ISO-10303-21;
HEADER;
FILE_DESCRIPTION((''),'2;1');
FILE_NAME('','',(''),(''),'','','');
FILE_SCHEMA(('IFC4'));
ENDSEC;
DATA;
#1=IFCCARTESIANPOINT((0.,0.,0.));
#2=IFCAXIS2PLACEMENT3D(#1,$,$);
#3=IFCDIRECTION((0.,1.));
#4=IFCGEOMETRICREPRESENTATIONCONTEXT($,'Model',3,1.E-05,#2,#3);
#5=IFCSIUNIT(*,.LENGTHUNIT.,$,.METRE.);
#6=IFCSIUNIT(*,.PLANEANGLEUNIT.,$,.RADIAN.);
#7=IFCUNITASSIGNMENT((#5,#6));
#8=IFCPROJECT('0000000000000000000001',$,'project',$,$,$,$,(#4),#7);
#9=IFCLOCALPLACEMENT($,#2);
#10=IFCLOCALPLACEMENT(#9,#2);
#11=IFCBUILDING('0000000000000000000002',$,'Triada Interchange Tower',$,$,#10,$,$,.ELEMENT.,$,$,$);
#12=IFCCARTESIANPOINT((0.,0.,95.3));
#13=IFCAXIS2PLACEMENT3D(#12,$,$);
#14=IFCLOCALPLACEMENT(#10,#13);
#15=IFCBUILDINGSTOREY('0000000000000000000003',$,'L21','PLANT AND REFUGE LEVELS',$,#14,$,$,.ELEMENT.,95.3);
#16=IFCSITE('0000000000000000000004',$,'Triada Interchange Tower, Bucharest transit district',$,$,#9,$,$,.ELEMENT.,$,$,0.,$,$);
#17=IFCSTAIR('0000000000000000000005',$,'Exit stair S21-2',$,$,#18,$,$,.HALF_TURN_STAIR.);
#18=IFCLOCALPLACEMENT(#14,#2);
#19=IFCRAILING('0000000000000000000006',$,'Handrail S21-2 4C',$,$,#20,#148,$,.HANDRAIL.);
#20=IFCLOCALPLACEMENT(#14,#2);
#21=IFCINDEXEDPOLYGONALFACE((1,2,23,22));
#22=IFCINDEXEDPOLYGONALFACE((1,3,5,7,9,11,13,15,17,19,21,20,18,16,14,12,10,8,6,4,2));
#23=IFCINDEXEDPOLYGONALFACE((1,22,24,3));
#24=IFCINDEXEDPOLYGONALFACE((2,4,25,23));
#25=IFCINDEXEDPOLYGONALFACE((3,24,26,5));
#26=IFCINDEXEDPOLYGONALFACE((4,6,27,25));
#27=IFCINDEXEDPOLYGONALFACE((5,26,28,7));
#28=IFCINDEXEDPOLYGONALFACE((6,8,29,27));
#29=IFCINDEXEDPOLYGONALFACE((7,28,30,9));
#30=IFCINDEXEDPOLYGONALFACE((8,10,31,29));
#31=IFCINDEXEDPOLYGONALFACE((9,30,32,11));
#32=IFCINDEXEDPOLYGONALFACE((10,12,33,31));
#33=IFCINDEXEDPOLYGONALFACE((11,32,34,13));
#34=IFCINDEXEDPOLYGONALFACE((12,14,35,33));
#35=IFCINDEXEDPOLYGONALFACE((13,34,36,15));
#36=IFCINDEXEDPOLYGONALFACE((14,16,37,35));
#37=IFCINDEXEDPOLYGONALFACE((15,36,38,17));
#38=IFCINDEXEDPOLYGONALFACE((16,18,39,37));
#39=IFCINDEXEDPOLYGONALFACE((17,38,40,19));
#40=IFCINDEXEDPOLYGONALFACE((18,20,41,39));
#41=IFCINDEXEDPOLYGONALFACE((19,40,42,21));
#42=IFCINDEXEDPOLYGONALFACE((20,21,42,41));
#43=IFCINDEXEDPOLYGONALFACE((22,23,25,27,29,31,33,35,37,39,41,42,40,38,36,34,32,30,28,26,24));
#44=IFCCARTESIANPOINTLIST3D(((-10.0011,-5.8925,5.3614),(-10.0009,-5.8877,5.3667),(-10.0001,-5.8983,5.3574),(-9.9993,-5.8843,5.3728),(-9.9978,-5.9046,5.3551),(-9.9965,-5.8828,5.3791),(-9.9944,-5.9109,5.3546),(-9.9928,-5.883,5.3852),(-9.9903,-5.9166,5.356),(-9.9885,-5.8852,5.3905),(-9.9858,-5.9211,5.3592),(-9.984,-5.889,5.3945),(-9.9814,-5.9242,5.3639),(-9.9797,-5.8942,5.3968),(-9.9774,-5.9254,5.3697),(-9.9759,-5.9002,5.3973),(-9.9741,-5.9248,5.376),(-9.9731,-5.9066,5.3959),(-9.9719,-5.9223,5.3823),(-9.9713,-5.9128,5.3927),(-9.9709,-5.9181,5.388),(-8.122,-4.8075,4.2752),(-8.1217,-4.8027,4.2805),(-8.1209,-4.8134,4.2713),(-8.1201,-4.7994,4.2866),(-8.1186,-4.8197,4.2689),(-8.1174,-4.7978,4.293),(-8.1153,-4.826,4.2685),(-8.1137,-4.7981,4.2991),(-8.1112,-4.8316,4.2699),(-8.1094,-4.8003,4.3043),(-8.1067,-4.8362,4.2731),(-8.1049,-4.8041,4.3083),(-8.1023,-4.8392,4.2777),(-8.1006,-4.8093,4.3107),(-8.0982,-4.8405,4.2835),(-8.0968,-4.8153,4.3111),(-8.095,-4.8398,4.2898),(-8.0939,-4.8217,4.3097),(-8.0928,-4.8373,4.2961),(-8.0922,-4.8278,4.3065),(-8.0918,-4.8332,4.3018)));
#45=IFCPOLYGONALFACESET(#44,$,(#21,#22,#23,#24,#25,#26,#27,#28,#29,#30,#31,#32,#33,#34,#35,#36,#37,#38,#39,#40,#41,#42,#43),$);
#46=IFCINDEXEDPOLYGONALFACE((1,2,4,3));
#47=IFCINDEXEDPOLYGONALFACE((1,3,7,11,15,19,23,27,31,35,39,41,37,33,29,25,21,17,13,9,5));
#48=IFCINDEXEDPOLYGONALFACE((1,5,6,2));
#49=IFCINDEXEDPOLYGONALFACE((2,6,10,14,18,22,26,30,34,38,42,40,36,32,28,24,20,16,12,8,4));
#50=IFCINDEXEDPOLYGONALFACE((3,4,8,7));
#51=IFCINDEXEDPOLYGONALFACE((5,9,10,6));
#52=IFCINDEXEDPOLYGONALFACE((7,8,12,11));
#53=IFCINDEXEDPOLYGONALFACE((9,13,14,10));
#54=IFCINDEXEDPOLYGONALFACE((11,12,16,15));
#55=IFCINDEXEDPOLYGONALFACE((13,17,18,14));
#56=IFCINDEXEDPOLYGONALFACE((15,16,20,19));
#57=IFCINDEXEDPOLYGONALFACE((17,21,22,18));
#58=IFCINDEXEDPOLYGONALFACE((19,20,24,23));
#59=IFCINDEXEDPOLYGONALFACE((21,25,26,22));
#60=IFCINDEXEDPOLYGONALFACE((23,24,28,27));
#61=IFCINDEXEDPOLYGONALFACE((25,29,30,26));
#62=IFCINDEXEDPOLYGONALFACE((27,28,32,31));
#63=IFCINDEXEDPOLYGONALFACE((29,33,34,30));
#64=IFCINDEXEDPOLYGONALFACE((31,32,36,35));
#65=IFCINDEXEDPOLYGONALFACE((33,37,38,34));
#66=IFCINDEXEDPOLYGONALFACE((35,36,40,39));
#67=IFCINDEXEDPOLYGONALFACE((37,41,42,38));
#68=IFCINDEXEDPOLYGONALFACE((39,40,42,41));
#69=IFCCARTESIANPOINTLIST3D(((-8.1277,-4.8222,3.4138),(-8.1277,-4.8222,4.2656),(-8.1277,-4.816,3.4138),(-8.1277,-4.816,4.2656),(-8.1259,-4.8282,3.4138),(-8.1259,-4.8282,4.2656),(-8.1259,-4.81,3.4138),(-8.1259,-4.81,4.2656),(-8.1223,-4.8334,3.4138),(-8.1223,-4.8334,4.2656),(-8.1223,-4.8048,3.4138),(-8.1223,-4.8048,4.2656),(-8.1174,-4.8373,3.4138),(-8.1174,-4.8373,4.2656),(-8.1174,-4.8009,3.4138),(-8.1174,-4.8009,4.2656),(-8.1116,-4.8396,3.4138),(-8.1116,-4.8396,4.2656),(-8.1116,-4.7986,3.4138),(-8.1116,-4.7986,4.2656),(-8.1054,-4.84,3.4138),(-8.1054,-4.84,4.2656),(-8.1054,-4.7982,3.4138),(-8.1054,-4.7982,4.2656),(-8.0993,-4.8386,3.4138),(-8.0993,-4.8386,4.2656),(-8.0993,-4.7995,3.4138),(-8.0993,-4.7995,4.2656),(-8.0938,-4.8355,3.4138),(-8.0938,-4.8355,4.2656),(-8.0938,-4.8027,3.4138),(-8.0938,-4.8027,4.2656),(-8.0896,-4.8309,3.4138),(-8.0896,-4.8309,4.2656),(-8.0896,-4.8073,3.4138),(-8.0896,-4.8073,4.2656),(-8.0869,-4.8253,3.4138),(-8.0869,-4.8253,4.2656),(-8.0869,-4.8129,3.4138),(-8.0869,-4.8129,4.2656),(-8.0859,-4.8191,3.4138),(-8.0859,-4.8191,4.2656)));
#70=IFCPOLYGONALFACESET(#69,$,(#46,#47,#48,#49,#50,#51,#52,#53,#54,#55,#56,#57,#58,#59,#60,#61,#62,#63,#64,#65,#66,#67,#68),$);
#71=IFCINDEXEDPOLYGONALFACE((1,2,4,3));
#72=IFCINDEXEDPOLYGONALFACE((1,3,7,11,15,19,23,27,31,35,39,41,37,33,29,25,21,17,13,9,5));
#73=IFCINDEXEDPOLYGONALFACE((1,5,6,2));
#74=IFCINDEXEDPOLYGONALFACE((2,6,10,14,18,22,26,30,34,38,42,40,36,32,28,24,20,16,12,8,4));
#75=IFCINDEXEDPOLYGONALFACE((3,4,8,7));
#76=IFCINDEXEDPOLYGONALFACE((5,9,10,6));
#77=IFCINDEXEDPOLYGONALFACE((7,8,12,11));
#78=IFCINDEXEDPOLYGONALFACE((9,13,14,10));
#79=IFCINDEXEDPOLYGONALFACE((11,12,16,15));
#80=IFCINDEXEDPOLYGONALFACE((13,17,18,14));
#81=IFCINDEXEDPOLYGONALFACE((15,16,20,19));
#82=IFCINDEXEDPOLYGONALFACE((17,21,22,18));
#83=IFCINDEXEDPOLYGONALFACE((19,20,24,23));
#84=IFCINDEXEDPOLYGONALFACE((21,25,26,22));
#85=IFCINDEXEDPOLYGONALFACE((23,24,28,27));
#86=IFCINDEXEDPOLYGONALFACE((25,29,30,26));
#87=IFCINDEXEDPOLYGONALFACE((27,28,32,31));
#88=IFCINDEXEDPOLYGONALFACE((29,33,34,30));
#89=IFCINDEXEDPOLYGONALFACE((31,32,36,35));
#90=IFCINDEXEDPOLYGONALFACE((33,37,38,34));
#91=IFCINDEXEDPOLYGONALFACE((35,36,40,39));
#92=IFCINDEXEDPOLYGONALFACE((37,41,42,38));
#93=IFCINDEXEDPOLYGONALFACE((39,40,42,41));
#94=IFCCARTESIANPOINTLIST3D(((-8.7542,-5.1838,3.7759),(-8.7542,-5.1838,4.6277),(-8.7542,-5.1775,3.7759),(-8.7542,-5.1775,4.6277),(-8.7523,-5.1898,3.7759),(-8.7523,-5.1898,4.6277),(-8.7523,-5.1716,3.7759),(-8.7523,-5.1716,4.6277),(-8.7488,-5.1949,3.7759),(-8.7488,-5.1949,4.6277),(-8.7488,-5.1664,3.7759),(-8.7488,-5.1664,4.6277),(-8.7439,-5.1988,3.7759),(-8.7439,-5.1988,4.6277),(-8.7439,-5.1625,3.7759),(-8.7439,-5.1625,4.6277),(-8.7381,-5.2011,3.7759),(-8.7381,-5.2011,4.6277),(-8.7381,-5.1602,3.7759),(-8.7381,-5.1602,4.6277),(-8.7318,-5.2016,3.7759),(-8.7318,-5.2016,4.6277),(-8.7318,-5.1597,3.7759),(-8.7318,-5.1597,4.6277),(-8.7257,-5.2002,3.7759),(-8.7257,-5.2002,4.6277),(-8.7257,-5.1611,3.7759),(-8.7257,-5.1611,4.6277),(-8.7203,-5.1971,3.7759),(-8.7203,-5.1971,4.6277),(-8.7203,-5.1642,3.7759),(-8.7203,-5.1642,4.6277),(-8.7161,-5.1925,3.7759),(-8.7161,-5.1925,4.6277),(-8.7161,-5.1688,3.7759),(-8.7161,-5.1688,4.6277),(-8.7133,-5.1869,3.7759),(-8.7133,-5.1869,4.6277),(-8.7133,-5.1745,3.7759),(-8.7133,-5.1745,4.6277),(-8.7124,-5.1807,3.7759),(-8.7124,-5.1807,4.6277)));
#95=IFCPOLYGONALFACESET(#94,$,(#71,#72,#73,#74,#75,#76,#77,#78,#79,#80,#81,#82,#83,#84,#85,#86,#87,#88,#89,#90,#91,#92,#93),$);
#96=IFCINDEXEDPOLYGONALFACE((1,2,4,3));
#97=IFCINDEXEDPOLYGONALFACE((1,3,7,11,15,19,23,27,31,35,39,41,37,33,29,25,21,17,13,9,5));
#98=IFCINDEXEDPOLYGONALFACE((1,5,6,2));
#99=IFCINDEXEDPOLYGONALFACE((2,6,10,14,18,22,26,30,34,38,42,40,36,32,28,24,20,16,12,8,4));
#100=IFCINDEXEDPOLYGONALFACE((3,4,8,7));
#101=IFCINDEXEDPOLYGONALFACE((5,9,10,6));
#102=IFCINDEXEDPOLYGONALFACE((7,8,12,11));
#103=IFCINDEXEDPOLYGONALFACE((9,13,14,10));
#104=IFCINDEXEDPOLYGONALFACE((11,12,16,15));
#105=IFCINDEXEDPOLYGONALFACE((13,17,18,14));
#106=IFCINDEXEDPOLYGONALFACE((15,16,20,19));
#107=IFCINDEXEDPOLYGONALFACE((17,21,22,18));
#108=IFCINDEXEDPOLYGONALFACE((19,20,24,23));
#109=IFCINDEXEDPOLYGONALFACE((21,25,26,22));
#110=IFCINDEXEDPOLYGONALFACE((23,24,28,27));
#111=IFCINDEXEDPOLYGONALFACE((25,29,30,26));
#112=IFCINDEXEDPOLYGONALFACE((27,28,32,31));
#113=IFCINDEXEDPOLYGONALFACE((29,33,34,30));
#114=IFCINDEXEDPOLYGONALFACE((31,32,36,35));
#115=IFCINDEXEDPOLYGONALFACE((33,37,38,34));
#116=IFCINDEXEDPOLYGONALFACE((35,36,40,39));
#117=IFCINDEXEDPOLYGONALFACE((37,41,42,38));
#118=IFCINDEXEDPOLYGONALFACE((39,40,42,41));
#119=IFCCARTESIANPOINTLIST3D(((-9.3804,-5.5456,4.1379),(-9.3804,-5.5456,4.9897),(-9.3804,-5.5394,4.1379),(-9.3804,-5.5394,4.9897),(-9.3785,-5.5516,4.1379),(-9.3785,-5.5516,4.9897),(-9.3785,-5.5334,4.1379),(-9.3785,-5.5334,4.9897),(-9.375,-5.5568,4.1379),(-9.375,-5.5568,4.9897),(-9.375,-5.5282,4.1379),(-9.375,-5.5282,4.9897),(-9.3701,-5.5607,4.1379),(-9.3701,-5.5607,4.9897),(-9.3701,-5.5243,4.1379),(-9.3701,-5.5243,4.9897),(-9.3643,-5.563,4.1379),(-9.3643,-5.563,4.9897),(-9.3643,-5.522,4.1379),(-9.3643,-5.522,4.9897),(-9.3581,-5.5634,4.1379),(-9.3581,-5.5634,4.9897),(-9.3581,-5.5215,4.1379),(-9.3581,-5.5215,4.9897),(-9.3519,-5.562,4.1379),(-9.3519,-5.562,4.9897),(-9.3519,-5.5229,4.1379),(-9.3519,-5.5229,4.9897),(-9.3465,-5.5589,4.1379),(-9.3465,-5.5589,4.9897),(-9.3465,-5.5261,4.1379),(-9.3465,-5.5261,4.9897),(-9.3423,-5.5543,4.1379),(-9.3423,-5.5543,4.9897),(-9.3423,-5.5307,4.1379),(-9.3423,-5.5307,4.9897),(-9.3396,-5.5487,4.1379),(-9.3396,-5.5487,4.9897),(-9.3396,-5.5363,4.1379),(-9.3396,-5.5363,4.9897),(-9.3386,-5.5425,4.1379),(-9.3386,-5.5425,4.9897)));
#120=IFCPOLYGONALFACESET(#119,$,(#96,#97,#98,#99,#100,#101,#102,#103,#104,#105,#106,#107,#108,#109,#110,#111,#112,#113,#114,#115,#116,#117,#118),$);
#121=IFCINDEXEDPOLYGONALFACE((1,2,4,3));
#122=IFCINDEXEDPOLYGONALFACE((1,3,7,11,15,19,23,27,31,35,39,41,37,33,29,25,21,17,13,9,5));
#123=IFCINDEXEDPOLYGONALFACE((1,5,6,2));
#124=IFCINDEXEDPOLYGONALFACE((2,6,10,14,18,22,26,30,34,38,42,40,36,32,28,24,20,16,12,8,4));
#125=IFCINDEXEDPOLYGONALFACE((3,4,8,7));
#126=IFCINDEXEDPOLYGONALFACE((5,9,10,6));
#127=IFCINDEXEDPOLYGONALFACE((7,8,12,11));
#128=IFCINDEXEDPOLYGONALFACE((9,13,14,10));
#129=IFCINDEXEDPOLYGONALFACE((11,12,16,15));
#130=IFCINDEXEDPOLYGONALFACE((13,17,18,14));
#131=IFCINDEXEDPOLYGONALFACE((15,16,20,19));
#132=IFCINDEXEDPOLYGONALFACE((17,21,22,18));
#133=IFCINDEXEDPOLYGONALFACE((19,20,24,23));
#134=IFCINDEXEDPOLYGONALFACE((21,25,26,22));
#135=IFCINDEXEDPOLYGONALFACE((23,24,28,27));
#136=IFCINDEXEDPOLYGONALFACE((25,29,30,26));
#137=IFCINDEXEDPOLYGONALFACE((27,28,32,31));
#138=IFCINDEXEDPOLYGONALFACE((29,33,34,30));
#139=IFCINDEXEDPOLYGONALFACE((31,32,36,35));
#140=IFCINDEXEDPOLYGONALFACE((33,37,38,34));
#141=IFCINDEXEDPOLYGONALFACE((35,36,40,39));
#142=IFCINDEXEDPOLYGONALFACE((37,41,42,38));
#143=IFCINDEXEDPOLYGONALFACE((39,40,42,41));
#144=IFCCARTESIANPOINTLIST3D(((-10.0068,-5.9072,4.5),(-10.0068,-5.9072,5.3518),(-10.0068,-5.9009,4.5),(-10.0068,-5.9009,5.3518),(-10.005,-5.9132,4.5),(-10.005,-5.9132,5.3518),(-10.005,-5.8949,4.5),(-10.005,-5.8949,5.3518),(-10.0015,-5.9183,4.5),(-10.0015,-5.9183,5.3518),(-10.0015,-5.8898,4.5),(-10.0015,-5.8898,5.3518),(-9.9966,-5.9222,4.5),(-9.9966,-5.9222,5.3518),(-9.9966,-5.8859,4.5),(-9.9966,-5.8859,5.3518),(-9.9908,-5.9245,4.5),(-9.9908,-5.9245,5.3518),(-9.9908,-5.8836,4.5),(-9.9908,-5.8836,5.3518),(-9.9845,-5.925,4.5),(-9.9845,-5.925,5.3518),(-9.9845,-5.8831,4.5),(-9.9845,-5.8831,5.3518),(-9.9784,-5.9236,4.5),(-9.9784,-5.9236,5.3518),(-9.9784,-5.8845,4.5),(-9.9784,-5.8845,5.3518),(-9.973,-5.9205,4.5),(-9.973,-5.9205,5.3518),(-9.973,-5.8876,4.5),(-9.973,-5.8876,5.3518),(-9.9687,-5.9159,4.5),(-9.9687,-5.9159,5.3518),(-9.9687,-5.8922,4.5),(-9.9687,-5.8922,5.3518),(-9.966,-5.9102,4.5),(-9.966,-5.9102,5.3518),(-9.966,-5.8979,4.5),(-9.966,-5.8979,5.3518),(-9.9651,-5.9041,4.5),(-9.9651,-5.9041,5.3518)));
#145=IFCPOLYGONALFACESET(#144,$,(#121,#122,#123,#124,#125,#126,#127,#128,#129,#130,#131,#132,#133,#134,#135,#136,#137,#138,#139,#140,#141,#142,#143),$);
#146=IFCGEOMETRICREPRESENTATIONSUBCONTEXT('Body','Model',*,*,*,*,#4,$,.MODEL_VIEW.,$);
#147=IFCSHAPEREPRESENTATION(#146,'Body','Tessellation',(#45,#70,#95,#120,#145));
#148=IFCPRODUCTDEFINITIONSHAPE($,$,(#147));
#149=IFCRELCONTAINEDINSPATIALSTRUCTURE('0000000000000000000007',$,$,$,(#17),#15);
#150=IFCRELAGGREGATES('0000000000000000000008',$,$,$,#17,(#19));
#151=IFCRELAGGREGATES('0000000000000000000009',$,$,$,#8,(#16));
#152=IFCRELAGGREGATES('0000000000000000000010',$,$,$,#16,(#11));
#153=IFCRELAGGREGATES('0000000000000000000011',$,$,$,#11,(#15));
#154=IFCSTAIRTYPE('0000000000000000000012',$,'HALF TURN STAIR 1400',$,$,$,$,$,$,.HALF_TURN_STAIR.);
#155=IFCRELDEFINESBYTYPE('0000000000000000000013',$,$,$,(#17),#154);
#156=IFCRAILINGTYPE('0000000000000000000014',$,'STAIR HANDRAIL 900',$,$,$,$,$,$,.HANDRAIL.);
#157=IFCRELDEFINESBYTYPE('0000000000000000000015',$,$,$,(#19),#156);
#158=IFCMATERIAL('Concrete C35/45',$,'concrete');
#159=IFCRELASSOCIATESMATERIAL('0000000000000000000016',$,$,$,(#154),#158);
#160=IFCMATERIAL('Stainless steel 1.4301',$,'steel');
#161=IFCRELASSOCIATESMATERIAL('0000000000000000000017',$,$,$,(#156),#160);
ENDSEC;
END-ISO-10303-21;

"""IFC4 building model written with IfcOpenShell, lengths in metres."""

from ifc_helpers import new_model, si_unit, direction, frame, origin, origin_2d, place, context, subcontext, project, spatial, circle, extrude, material, type_object, element, aggregate, save


model = new_model("IFC4")

# Units and contexts
model_context = context("Model", 3, precision=1e-05, world=origin(), true_north=direction((0.0, 1.0)))
body_context = subcontext(model_context, "Body", "Model", "MODEL_VIEW")
ifc_project = project(units=[si_unit("LENGTHUNIT", "METRE"), si_unit("PLANEANGLEUNIT", "RADIAN")], contexts=[model_context])

# Site, building, storey
site_placement = place(None, origin())
site = spatial("IfcSite", under=ifc_project, at=site_placement, Name="Triada Interchange Tower, Bucharest transit district", CompositionType="ELEMENT", RefElevation=0.0)
building_placement = place(site_placement, origin())
building = spatial("IfcBuilding", under=site, at=building_placement, Name="Triada Interchange Tower", CompositionType="ELEMENT")
storey_placement = place(building_placement, frame((0.0, 0.0, 95.3)))
storey = spatial("IfcBuildingStorey", under=building, at=storey_placement, Name="L21", Description="PLANT AND REFUGE LEVELS", CompositionType="ELEMENT", Elevation=95.3)

# Shared definitions
ifc_material_1 = material(Name="Concrete C35/45", Category="concrete")

# Stair, railing
stair_type = type_object("IfcStairType", Name="HALF TURN STAIR 1400", PredefinedType="HALF_TURN_STAIR", material=ifc_material_1)
stair_placement = place(storey_placement, origin())
stair = element("IfcStair", 1, at=stair_placement, inside=storey, type_object=stair_type, Name="Exit stair S21-2", PredefinedType="HALF_TURN_STAIR")
ifc_material_2 = material(Name="Stainless steel 1.4301", Category="steel")
railing_type_1 = type_object("IfcRailingType", Name="STAIR HANDRAIL 900", PredefinedType="HANDRAIL", material=ifc_material_2)
railing_1_placement = place(storey_placement, frame((-8.1069, -4.8191, 3.4138)))
railing_1 = element("IfcRailing", 2, at=railing_1_placement, type_object=railing_type_1, Name="Handrail S21-2 4C", PredefinedType="HANDRAIL", context=body_context, shape_type="SweptSolid", body=[
    extrude(circle(Radius=0.0239, at=origin_2d()), frame((0.0, 0.0, 0.876), z_axis=(-0.774413, -0.447121, 0.447624), x_axis=(0.500011, -0.866019, 0.0)), (0.0, 0.0, 1.0), 2.4265),
    extrude(circle(Radius=0.021, at=origin_2d()), origin(), (0.0, 0.0, 1.0), 0.8518),
    extrude(circle(Radius=0.021, at=origin_2d()), frame((-0.6265, -0.3616, 0.3621)), (0.0, 0.0, 1.0), 0.8518),
    extrude(circle(Radius=0.021, at=origin_2d()), frame((-1.2527, -0.7234, 0.7241)), (0.0, 0.0, 1.0), 0.8518),
    extrude(circle(Radius=0.021, at=origin_2d()), frame((-1.8792, -1.085, 1.0862)), (0.0, 0.0, 1.0), 0.8518),
])
aggregate(stair, [railing_1])

save(model, "model.ifc")
